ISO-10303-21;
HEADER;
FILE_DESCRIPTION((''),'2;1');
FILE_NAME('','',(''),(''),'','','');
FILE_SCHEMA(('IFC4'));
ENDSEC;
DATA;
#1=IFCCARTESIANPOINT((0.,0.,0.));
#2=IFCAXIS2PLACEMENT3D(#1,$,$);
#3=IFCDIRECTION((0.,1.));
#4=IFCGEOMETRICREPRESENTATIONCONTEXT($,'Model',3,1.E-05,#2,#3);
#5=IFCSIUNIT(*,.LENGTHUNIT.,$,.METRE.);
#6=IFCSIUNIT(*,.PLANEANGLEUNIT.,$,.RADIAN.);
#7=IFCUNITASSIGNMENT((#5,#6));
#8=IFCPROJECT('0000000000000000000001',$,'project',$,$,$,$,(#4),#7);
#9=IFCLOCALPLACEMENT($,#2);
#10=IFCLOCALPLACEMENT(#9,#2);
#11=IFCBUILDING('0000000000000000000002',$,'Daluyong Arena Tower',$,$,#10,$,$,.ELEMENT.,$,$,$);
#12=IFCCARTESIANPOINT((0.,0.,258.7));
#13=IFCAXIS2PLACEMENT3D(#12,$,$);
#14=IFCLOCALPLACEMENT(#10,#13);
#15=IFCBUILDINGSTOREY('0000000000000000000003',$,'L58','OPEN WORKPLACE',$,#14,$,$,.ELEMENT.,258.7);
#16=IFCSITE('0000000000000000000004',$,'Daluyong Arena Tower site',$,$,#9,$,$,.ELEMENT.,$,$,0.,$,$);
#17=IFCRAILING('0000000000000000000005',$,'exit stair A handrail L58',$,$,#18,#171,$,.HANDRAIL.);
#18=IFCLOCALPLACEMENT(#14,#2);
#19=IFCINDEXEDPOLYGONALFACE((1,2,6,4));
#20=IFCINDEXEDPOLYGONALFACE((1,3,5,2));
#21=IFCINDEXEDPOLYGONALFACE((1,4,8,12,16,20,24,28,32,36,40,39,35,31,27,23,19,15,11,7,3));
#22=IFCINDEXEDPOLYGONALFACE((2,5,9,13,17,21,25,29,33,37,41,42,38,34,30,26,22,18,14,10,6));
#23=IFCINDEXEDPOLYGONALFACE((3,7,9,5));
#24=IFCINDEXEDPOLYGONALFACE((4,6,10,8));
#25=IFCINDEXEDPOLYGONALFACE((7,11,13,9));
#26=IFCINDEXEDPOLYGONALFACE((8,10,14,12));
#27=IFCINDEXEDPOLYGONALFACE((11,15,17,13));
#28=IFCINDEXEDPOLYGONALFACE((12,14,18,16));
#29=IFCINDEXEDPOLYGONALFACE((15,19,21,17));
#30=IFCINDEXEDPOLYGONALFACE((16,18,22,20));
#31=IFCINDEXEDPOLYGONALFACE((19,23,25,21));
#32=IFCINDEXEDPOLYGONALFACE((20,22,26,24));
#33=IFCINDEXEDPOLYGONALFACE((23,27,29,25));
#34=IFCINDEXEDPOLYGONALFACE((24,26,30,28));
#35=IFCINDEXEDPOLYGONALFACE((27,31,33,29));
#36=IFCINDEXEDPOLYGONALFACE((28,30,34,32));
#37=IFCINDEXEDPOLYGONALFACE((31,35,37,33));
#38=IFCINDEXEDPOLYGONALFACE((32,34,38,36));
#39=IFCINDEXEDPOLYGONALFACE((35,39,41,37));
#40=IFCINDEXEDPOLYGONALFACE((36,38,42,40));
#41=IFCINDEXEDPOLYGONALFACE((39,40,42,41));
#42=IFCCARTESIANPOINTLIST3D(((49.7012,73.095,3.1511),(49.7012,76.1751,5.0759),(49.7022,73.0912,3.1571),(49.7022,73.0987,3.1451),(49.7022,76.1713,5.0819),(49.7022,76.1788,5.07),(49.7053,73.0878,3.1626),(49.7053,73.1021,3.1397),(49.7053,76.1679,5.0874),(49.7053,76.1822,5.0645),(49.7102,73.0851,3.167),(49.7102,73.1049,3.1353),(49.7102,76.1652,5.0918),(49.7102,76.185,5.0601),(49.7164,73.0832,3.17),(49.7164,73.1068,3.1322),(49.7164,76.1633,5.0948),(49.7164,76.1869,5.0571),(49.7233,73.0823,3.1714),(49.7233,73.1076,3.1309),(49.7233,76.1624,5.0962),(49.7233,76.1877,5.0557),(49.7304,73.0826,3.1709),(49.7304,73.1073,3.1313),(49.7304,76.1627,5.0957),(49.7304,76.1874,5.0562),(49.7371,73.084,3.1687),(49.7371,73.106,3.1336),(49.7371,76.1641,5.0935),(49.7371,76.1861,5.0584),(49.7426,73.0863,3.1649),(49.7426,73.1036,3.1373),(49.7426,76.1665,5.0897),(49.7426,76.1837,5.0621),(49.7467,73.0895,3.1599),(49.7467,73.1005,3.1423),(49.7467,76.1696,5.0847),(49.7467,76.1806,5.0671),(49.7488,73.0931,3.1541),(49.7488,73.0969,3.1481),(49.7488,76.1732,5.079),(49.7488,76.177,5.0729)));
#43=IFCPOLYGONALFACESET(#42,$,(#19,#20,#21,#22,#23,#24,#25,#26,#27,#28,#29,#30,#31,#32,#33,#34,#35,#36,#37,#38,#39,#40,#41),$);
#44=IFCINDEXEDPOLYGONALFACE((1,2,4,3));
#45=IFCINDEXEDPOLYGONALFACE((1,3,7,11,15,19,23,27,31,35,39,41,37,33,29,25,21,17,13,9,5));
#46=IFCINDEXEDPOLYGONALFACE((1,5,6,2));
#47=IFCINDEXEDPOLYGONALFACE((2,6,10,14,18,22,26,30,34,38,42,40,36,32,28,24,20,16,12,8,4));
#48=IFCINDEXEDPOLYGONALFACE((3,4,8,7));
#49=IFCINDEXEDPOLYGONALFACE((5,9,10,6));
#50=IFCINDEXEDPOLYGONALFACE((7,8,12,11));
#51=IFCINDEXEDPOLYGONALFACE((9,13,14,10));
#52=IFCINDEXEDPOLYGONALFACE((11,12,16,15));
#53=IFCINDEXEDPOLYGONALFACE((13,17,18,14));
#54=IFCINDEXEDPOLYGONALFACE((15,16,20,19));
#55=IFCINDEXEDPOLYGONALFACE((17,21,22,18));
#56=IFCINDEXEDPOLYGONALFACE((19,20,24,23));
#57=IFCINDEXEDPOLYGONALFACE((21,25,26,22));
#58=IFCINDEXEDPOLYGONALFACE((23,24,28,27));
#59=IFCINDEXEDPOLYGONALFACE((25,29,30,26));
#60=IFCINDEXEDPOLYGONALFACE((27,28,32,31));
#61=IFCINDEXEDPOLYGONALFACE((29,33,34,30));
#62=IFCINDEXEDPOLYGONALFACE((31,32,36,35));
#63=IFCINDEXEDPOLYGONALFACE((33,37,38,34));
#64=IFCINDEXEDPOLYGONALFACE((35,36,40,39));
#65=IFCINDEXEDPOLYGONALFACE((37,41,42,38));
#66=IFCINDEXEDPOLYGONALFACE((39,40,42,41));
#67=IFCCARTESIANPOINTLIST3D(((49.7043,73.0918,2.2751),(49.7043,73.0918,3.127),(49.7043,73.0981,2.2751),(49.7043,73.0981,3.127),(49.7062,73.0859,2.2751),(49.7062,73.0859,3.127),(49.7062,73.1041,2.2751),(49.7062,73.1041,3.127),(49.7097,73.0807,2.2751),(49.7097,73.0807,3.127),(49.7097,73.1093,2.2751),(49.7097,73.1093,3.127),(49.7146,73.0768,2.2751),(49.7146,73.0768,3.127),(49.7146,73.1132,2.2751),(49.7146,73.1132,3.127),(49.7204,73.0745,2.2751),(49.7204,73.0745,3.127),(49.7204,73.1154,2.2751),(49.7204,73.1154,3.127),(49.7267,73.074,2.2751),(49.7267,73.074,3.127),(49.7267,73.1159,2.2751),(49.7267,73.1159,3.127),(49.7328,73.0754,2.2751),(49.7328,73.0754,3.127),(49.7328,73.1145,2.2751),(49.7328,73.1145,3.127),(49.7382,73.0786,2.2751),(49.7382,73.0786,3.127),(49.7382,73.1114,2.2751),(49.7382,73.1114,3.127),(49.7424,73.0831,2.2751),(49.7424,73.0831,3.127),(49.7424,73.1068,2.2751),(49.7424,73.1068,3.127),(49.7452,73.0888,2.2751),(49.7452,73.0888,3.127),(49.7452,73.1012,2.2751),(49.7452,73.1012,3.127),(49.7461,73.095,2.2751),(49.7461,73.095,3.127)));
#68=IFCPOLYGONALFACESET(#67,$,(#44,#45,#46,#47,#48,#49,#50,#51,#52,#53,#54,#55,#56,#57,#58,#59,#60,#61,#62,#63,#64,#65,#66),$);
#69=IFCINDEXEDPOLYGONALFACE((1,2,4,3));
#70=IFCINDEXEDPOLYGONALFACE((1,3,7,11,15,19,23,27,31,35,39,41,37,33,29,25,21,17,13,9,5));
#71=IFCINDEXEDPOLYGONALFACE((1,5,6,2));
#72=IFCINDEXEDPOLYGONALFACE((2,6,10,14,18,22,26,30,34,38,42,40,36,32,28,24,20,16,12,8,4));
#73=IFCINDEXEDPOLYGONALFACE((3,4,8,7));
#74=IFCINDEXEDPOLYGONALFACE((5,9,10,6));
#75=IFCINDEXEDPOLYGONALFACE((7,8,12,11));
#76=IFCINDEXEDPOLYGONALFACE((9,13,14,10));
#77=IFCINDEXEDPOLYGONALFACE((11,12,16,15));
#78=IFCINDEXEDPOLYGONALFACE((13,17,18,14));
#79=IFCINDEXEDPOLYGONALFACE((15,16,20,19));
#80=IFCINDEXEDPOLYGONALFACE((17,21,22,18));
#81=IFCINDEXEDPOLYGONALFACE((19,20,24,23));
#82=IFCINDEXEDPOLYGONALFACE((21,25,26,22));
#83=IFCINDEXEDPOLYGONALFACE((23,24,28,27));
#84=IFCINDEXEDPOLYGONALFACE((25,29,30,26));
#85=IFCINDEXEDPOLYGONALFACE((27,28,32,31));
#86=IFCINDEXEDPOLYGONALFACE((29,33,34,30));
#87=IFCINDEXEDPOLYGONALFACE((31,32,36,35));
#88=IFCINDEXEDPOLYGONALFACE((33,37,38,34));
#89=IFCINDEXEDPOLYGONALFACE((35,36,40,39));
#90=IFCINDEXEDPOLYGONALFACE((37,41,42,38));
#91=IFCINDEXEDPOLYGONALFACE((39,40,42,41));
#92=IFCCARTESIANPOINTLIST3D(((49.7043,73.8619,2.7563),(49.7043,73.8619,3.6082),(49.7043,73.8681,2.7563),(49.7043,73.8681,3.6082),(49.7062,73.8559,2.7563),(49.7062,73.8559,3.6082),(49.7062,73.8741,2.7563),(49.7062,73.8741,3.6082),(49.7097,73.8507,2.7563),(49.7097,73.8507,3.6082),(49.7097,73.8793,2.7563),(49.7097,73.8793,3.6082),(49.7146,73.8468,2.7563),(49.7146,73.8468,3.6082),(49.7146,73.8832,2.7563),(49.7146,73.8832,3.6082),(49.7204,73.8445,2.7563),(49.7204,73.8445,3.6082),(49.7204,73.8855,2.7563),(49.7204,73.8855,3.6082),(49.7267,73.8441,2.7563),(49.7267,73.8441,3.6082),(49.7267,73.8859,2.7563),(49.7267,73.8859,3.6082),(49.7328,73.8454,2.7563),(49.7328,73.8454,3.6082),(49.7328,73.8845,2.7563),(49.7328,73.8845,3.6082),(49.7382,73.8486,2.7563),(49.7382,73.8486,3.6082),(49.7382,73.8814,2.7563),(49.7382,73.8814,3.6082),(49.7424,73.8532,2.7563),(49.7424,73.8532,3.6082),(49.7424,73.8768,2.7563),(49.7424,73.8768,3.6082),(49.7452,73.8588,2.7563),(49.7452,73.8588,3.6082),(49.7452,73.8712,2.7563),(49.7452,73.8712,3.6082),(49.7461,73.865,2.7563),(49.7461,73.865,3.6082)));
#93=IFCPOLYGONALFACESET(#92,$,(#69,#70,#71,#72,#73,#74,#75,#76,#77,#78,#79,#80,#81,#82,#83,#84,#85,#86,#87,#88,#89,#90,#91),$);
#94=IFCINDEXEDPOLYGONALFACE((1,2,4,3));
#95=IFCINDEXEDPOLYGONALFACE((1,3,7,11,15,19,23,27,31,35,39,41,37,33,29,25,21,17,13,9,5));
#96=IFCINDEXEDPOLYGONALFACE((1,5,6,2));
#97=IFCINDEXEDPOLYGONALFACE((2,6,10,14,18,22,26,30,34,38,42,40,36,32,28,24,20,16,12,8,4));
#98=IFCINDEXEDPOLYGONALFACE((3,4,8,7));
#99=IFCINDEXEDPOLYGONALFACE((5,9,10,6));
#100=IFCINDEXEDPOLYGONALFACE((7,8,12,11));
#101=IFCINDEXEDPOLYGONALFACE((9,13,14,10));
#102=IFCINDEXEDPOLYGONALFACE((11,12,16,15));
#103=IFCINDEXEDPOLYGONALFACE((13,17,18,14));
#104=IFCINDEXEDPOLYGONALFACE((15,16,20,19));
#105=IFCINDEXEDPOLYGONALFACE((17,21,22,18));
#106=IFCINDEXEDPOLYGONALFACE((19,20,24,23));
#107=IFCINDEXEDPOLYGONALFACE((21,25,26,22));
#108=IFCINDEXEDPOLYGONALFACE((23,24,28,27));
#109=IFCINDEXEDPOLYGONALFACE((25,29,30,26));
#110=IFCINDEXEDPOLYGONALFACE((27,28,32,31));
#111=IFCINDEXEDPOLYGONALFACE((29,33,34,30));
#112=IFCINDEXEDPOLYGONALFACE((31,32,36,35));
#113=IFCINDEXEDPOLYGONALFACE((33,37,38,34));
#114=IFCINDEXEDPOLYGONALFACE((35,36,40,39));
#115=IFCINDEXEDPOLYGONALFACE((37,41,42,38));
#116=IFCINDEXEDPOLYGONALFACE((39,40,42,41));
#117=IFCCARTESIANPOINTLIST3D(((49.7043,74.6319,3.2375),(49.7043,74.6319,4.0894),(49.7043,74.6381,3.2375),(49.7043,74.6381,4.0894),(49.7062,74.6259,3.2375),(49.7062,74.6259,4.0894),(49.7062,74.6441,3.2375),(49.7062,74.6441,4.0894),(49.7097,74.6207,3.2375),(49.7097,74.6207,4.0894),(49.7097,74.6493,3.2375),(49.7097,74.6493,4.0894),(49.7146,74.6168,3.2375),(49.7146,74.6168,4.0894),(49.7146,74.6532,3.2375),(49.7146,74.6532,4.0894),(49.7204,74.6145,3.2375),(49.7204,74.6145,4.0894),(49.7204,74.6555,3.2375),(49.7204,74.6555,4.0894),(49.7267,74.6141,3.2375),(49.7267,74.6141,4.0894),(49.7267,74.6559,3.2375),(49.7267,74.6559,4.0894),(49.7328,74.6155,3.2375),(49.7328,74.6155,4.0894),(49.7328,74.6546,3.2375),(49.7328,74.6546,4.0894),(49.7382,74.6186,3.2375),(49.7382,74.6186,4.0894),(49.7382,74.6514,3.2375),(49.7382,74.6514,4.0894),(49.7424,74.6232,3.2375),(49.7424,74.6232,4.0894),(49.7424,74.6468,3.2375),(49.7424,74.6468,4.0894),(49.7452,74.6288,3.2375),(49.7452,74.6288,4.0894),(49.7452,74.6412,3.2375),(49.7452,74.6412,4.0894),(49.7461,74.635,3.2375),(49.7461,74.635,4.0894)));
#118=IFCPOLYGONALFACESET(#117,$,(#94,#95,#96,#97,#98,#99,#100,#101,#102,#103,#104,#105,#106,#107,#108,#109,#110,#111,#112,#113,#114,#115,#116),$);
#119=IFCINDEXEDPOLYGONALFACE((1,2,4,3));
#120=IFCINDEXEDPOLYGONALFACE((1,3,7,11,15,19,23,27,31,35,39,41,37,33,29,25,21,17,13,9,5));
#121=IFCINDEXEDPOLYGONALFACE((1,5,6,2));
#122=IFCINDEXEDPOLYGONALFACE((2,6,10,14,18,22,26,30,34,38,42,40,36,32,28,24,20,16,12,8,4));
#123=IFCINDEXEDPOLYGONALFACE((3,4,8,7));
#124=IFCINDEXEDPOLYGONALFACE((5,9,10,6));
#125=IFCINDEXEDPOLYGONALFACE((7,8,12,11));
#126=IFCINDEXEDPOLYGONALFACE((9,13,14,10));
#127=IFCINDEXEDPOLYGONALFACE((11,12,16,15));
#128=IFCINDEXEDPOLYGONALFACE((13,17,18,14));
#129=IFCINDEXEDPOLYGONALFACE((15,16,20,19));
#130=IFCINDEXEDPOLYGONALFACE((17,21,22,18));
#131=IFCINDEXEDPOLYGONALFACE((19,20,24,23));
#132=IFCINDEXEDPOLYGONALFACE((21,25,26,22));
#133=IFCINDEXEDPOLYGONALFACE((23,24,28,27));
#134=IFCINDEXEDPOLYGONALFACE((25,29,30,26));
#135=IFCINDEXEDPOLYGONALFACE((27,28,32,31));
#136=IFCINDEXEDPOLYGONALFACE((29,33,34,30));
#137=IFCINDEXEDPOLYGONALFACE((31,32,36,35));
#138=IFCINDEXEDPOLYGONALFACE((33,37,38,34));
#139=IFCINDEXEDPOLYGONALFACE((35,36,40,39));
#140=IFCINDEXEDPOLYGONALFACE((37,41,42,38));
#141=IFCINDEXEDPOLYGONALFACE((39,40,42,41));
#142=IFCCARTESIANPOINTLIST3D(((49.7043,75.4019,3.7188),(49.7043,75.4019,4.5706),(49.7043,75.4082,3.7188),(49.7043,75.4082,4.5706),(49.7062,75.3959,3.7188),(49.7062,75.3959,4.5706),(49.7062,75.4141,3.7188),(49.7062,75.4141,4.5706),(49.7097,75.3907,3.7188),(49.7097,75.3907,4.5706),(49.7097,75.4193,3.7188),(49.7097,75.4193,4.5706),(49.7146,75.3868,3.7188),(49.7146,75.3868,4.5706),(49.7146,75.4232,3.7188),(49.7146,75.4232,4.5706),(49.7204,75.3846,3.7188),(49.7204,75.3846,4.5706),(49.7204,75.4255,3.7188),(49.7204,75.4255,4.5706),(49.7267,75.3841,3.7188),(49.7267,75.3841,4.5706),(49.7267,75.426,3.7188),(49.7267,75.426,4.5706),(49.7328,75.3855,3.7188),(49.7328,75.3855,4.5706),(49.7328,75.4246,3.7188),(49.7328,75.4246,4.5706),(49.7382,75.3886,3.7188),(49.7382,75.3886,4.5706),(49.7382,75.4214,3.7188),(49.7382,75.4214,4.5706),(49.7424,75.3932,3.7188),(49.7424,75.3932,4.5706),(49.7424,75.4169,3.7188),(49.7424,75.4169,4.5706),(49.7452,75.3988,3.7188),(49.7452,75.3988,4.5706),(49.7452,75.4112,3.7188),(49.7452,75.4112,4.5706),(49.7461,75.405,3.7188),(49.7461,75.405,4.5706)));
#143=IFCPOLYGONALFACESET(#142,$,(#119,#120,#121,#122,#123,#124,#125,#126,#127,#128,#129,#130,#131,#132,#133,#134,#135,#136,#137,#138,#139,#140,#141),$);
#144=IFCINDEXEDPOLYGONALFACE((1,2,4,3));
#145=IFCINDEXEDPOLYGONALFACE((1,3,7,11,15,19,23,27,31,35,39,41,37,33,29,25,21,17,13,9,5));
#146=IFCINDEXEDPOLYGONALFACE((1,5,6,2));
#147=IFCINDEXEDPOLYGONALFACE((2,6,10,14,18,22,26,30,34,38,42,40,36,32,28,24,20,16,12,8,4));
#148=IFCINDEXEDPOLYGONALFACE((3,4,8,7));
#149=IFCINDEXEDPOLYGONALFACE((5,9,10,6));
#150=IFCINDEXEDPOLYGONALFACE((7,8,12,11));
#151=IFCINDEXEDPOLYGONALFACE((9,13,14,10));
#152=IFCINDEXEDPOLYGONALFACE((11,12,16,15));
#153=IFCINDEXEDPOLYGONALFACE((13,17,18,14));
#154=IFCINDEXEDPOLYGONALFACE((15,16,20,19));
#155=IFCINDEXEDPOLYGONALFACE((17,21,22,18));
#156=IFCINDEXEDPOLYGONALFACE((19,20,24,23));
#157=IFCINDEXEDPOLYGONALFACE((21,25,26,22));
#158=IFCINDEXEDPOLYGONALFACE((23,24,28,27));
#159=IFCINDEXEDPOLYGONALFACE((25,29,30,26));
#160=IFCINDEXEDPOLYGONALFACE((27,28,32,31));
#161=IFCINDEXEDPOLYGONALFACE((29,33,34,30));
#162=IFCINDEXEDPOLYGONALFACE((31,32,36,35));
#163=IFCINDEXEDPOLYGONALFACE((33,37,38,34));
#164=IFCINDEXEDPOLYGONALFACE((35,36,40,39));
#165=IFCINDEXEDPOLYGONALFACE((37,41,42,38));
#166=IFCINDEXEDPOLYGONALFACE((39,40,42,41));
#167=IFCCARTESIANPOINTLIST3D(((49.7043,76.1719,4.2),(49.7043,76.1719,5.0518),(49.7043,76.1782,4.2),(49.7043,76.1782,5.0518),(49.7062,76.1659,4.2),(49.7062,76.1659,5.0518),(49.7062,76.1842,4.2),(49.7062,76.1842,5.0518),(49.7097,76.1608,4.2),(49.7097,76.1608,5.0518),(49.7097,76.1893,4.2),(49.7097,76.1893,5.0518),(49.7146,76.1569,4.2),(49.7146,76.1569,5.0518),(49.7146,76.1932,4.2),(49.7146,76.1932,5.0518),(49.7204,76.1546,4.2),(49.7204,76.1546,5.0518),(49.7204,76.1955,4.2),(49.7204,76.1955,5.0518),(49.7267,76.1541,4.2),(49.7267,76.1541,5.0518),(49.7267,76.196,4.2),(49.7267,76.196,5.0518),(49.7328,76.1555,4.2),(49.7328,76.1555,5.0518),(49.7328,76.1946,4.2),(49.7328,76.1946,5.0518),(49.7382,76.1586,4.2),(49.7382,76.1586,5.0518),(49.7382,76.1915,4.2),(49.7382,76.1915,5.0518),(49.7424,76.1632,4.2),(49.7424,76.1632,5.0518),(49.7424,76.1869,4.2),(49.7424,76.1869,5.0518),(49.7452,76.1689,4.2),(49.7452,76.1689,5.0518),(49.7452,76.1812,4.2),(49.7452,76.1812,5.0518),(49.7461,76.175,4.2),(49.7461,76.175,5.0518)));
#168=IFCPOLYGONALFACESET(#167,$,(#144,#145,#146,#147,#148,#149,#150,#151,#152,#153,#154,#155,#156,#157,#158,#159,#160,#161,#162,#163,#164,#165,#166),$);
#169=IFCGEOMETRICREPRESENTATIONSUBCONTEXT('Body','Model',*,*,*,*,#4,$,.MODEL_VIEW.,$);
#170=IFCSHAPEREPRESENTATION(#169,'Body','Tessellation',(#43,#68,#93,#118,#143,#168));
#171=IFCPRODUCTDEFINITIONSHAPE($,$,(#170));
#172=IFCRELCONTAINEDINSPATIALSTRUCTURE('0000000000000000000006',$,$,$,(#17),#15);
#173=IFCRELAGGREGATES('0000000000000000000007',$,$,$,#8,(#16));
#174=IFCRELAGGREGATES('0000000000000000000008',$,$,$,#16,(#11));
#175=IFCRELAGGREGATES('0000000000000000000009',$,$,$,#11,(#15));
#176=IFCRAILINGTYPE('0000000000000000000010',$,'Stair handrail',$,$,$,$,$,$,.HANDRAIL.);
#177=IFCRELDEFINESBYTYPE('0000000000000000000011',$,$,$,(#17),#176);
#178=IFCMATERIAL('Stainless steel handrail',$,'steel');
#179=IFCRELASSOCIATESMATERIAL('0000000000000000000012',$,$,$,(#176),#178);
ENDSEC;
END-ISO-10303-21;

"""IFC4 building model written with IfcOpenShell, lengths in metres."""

from ifc_helpers import new_model, si_unit, direction, frame, origin, origin_2d, place, context, subcontext, project, spatial, circle, extrude, material, type_object, element, save


model = new_model("IFC4")

# Units and contexts
model_context = context("Model", 3, precision=1e-05, world=origin(), true_north=direction((0.0, 1.0)))
body_context = subcontext(model_context, "Body", "Model", "MODEL_VIEW")
ifc_project = project(units=[si_unit("LENGTHUNIT", "METRE"), si_unit("PLANEANGLEUNIT", "RADIAN")], contexts=[model_context])

# Site, building, storey
site_placement = place(None, origin())
site = spatial("IfcSite", under=ifc_project, at=site_placement, Name="Daluyong Arena Tower site", CompositionType="ELEMENT", RefElevation=0.0)
building_placement = place(site_placement, origin())
building = spatial("IfcBuilding", under=site, at=building_placement, Name="Daluyong Arena Tower", CompositionType="ELEMENT")
storey_placement = place(building_placement, frame((0.0, 0.0, 258.7)))
storey = spatial("IfcBuildingStorey", under=building, at=storey_placement, Name="L58", Description="OPEN WORKPLACE", CompositionType="ELEMENT", Elevation=258.7)

# Railing
ifc_material_1 = material(Name="Stainless steel handrail", Category="steel")
railing_type_1 = type_object("IfcRailingType", Name="Stair handrail", PredefinedType="HANDRAIL", material=ifc_material_1)
railing_1_placement = place(storey_placement, frame((49.7251, 73.095, 2.2751)))
element("IfcRailing", 1, at=railing_1_placement, inside=storey, type_object=railing_type_1, Name="exit stair A handrail L58", PredefinedType="HANDRAIL", context=body_context, shape_type="SweptSolid", body=[
    extrude(circle(Radius=0.0239, at=origin_2d()), frame((0.0, 0.0, 0.876), z_axis=(0.0, 0.848029, 0.529951), x_axis=(-1.0, 0.0, 0.0)), (0.0, 0.0, 1.0), 3.6321),
    extrude(circle(Radius=0.021, at=origin_2d()), origin(), (0.0, 0.0, 1.0), 0.8518),
    extrude(circle(Radius=0.021, at=origin_2d()), frame((0.0, 0.77, 0.4812)), (0.0, 0.0, 1.0), 0.8518),
    extrude(circle(Radius=0.021, at=origin_2d()), frame((0.0, 1.54, 0.9624)), (0.0, 0.0, 1.0), 0.8518),
    extrude(circle(Radius=0.021, at=origin_2d()), frame((0.0, 2.3101, 1.4436)), (0.0, 0.0, 1.0), 0.8518),
    extrude(circle(Radius=0.021, at=origin_2d()), frame((0.0, 3.0801, 1.9248)), (0.0, 0.0, 1.0), 0.8518),
])

save(model, "model.ifc")
